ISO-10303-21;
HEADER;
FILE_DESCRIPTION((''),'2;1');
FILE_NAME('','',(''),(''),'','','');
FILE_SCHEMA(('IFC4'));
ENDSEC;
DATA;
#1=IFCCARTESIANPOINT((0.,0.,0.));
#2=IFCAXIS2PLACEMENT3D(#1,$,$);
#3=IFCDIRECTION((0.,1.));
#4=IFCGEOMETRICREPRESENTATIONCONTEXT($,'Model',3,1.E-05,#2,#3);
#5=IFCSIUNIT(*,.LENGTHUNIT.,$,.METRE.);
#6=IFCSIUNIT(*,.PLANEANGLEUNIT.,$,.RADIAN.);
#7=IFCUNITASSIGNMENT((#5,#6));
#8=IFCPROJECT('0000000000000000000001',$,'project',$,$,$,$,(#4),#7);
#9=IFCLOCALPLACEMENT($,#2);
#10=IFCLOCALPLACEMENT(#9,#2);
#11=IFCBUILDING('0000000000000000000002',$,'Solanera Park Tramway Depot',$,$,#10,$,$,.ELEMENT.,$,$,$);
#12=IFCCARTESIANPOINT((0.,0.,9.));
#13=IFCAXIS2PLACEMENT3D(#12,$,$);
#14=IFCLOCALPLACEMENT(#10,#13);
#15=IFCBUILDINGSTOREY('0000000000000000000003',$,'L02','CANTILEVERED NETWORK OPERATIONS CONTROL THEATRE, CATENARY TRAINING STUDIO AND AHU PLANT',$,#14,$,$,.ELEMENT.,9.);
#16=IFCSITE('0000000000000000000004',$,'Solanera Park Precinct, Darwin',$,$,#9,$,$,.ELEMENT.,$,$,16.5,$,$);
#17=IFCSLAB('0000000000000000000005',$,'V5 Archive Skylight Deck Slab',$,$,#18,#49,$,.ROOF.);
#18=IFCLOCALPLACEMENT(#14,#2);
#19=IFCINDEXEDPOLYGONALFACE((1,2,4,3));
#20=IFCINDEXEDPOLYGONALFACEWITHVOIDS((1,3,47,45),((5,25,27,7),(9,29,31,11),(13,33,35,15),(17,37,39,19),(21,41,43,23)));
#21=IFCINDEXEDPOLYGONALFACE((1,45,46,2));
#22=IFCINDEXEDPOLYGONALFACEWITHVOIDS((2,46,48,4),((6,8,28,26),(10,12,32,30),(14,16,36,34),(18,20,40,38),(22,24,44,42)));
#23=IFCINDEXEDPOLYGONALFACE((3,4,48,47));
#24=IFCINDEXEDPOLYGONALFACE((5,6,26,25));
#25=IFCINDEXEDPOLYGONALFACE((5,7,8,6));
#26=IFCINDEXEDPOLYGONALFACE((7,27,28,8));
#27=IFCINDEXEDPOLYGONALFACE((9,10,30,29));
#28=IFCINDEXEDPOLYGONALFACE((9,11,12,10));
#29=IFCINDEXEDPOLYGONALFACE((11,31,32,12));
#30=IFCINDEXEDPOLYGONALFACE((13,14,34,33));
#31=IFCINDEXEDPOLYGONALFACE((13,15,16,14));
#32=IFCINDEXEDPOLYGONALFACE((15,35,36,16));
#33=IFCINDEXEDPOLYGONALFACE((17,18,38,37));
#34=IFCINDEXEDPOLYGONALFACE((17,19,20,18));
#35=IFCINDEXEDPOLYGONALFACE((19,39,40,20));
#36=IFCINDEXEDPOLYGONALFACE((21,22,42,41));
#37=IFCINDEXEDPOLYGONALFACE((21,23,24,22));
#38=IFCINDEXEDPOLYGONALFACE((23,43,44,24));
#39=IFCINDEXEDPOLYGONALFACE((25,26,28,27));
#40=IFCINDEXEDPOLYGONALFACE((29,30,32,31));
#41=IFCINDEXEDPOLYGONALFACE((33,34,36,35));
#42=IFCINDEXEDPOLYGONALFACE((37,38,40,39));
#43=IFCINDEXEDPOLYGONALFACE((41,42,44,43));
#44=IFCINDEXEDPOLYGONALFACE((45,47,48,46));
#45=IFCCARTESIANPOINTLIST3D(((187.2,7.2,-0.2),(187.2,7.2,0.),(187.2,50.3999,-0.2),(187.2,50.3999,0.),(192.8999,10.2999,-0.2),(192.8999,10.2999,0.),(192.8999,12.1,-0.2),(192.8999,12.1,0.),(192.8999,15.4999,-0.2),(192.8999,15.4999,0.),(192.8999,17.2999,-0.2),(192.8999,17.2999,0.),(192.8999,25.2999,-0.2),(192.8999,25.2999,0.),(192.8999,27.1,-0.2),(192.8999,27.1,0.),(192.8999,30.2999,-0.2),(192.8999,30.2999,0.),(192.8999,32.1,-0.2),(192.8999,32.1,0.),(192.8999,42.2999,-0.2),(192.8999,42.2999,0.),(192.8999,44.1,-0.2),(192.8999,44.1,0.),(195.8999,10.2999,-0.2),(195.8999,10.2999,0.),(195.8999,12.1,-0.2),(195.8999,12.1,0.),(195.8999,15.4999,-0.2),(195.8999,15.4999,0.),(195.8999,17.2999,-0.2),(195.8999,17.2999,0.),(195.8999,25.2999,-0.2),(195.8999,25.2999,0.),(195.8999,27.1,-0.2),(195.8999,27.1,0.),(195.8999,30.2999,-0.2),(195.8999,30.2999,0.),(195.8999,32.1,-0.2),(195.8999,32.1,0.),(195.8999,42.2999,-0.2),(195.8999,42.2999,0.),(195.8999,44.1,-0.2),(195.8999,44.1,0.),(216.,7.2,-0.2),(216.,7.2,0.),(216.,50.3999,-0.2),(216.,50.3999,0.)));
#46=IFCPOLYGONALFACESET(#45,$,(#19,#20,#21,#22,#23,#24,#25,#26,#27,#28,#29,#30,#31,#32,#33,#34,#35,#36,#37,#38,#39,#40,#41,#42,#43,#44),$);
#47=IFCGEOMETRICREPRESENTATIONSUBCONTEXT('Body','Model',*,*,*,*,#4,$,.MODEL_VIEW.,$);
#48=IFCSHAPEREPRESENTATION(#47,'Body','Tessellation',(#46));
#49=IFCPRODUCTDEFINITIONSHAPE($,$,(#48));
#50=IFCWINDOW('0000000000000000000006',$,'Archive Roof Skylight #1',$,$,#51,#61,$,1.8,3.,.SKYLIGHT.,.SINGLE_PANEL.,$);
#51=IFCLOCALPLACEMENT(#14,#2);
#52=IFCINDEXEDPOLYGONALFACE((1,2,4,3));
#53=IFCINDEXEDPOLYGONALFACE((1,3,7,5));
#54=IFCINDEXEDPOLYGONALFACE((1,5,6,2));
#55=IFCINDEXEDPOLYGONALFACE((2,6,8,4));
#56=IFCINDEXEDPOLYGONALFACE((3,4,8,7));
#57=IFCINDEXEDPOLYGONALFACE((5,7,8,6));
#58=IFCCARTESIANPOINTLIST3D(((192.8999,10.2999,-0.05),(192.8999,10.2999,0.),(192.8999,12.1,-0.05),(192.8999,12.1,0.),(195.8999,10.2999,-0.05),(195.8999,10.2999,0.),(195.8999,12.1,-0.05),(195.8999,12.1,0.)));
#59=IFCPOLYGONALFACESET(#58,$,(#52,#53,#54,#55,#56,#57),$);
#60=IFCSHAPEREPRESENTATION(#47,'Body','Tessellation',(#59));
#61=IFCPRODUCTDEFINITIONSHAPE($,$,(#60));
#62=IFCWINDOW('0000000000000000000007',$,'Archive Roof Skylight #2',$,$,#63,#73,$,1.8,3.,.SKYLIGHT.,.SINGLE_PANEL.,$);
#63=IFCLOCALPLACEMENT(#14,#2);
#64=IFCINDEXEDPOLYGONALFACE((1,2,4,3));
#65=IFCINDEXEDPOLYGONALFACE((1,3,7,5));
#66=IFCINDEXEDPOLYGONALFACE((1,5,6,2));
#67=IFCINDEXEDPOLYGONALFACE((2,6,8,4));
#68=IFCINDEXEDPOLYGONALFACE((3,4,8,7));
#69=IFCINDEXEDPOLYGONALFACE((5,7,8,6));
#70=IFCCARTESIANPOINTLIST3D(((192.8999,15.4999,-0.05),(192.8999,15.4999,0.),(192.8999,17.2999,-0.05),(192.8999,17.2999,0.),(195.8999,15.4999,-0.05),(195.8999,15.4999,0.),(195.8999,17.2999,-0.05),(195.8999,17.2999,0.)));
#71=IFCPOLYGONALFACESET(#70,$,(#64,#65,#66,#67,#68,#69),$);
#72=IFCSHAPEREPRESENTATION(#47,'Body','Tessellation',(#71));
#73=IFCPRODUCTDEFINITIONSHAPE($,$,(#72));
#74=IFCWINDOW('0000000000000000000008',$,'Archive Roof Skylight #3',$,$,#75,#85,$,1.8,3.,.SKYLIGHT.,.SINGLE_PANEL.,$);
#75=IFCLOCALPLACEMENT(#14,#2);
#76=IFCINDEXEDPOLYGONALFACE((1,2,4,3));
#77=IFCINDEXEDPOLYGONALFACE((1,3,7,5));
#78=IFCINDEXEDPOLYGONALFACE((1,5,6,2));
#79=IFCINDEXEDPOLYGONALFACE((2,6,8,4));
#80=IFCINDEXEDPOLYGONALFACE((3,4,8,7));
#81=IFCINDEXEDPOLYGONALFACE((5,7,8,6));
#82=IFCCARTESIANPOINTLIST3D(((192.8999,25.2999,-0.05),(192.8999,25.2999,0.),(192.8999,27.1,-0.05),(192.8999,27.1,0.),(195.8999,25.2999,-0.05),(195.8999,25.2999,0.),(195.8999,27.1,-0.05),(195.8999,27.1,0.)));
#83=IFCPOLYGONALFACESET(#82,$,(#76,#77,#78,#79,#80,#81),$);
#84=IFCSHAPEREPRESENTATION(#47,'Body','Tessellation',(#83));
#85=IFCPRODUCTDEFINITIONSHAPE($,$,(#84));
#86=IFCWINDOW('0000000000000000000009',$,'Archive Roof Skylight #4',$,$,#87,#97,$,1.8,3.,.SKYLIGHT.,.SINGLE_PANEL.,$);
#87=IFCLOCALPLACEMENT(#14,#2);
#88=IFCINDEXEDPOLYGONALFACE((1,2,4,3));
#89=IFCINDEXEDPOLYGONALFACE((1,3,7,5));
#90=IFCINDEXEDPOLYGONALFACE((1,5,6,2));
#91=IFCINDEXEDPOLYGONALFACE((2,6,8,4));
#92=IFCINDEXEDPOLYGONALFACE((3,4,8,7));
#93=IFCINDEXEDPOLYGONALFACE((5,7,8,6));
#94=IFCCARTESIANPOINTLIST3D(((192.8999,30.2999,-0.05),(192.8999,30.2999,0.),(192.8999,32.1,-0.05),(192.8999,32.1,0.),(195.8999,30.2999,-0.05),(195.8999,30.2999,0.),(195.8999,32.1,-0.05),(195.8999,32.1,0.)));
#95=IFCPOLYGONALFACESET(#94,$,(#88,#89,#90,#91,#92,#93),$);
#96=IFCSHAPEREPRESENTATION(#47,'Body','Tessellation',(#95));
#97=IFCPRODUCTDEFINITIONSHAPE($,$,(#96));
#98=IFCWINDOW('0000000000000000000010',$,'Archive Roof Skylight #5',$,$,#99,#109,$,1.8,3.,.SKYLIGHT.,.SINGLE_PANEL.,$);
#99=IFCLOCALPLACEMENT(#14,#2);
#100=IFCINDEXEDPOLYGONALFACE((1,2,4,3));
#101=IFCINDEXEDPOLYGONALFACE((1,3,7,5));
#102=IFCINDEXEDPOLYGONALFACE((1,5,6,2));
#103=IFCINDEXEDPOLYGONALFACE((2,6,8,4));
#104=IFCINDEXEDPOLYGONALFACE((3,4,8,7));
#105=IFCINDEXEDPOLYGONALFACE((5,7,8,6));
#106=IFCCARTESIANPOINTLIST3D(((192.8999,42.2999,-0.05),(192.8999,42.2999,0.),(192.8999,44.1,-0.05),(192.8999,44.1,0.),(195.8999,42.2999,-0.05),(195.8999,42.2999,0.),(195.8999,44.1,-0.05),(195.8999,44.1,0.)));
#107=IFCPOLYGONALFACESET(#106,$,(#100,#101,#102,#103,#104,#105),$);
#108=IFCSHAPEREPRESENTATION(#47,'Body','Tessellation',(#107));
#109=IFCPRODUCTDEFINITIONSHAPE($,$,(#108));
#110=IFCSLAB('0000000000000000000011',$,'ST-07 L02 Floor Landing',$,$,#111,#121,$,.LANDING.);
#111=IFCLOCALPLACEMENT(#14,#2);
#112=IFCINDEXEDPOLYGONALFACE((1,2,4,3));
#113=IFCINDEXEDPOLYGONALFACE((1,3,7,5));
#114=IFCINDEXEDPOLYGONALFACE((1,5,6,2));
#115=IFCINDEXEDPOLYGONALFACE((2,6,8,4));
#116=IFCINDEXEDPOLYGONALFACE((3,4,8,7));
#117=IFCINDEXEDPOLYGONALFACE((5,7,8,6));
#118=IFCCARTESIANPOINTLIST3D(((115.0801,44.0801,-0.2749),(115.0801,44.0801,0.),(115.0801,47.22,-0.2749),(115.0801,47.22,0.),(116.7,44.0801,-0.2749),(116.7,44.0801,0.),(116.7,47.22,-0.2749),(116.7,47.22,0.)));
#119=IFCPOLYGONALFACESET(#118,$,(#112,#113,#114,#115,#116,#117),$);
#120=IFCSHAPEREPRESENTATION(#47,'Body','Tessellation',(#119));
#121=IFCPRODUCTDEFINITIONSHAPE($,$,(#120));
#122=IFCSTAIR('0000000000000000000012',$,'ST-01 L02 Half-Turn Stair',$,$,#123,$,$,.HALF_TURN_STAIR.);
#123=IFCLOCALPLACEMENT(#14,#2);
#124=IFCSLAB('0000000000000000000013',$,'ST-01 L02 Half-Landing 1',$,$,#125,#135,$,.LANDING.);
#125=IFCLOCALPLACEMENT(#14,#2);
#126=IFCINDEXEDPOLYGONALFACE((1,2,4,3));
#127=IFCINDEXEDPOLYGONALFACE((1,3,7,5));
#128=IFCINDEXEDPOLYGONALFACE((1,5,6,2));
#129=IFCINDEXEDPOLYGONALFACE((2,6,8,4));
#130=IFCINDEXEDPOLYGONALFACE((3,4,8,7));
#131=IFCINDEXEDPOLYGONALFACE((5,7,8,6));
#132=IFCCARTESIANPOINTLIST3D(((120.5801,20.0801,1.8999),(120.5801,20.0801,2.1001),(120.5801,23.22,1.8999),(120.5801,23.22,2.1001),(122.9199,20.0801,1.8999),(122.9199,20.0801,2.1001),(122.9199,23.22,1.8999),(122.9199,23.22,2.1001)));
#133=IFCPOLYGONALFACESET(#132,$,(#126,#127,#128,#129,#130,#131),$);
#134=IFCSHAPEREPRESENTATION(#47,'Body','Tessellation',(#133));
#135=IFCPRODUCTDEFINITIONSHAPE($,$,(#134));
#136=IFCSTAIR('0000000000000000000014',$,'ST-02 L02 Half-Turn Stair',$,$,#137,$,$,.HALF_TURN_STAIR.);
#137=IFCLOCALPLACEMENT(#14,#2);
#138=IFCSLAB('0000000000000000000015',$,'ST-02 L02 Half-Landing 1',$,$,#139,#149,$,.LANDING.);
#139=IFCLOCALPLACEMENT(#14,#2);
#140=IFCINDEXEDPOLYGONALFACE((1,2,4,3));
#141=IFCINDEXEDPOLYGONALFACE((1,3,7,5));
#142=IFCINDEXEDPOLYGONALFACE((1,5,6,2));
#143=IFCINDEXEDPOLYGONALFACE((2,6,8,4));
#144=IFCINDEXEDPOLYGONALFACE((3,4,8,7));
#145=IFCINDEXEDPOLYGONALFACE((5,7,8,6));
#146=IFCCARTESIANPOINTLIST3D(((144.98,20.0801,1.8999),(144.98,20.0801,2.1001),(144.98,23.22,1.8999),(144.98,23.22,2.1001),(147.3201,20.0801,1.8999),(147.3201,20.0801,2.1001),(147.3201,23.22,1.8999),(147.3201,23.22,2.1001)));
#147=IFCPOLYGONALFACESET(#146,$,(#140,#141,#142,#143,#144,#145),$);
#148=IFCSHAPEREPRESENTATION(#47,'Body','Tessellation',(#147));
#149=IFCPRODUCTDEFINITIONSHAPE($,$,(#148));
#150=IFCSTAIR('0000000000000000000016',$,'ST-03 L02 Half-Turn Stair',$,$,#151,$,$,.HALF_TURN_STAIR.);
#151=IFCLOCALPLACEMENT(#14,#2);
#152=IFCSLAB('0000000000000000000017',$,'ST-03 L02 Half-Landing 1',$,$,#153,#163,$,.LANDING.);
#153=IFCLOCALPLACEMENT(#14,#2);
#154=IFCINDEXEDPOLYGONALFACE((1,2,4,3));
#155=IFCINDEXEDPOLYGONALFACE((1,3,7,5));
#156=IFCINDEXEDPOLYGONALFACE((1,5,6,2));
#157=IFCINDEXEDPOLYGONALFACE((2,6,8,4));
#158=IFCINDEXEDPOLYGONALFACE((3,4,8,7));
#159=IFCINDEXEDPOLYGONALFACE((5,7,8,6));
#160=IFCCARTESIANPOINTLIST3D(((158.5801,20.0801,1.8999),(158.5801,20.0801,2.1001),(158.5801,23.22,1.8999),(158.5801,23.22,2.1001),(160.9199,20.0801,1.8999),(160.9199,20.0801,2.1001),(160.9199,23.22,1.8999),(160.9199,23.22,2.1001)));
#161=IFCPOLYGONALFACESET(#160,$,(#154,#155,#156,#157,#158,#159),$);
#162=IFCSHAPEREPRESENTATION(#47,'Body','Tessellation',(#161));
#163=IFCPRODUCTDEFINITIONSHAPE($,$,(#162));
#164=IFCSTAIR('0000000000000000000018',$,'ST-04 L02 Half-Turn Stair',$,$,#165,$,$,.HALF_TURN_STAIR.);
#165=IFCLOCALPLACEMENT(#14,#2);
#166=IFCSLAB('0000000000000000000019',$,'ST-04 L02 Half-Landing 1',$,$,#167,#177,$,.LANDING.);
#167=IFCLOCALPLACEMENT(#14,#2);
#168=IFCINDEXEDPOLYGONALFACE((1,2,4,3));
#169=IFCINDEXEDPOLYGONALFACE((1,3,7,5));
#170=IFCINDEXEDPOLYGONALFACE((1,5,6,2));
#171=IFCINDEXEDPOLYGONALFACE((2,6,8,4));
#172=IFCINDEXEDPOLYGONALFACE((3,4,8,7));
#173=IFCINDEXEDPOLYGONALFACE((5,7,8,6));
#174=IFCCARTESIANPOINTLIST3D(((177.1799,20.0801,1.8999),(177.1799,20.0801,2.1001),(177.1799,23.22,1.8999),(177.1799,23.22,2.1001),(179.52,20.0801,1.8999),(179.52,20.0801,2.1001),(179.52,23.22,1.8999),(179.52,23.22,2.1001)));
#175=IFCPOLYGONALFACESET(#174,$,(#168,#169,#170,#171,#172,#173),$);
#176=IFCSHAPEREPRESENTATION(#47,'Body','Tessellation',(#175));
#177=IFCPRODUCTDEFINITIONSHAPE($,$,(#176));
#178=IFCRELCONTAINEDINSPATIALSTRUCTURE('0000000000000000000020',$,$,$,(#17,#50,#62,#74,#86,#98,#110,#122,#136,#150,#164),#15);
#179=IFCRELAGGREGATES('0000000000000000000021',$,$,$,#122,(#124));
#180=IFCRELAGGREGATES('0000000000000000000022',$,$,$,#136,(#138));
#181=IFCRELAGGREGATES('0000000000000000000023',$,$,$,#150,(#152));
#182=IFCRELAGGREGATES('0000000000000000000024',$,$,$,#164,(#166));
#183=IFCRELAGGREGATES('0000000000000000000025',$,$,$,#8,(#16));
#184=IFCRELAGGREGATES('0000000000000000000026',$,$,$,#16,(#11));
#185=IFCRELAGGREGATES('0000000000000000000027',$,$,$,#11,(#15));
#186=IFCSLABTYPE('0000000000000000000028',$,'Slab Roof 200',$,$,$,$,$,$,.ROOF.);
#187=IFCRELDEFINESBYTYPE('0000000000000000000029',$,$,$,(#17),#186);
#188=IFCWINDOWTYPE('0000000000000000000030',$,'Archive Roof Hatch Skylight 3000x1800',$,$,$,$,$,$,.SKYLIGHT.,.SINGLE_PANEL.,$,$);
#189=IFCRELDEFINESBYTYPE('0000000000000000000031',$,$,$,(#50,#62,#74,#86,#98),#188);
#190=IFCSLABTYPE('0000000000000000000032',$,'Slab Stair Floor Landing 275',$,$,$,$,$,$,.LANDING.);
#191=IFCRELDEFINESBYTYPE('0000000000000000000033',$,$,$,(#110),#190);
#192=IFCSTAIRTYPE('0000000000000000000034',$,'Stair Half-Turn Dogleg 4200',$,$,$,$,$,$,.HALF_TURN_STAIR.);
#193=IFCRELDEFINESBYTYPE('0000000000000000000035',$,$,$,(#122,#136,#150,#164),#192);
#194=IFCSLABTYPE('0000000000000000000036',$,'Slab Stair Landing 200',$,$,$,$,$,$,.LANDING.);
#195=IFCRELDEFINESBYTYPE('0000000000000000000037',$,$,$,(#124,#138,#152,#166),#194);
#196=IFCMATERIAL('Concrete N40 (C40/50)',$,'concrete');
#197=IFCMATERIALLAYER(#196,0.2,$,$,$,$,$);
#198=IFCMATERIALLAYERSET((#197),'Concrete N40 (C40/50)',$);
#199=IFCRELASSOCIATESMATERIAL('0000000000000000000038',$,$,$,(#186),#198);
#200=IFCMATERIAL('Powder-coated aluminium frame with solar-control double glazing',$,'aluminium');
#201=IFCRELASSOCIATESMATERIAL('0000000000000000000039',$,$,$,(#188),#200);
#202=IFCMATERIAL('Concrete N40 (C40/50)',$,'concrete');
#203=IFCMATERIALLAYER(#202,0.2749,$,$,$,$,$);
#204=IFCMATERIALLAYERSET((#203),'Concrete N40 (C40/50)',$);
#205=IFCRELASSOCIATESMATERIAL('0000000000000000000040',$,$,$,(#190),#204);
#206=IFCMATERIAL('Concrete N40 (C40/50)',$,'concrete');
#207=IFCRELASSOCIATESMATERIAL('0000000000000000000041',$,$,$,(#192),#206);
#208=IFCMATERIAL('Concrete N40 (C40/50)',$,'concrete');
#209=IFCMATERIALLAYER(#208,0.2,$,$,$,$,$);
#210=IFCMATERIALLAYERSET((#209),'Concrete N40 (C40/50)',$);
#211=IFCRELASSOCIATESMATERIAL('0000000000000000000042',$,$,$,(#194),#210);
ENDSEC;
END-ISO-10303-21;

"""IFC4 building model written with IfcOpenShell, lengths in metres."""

from ifc_helpers import new_model, si_unit, direction, frame, origin, origin_2d, place, context, subcontext, project, spatial, polyline, rectangle, outline, extrude, material, layer, layer_set, type_object, element, fill, aggregate, save


model = new_model("IFC4")

# Units and contexts
model_context = context("Model", 3, precision=1e-05, world=origin(), true_north=direction((0.0, 1.0)))
body_context = subcontext(model_context, "Body", "Model", "MODEL_VIEW")
ifc_project = project(units=[si_unit("LENGTHUNIT", "METRE"), si_unit("PLANEANGLEUNIT", "RADIAN")], contexts=[model_context])

# Site, building, storey
site_placement = place(None, origin())
site = spatial("IfcSite", under=ifc_project, at=site_placement, Name="Solanera Park Precinct, Darwin", CompositionType="ELEMENT", RefElevation=16.5)
building_placement = place(site_placement, origin())
building = spatial("IfcBuilding", under=site, at=building_placement, Name="Solanera Park Tramway Depot", CompositionType="ELEMENT")
storey_placement = place(building_placement, frame((0.0, 0.0, 9.0)))
storey = spatial("IfcBuildingStorey", under=building, at=storey_placement, Name="L02", Description="CANTILEVERED NETWORK OPERATIONS CONTROL THEATRE, CATENARY TRAINING STUDIO AND AHU PLANT", CompositionType="ELEMENT", Elevation=9.0)

# Slab, openings, windows
ifc_material_1 = material(Name="Concrete N40 (C40/50)", Category="concrete")
ifc_layer_1 = layer(ifc_material_1, 0.2)
ifc_layer_set_1 = layer_set([ifc_layer_1], Name="Concrete N40 (C40/50)")
slab_type_1 = type_object("IfcSlabType", Name="Slab Roof 200", PredefinedType="ROOF", material=ifc_layer_set_1)
slab_1_placement = place(storey_placement, frame((0.0, 0.0, -0.2)))
slab_1 = element("IfcSlab", 1, at=slab_1_placement, inside=storey, type_object=slab_type_1, Name="V5 Archive Skylight Deck Slab", PredefinedType="ROOF", context=body_context, shape_type="SweptSolid", body=[
    extrude(outline(polyline([(187.2, 7.2), (216.0, 7.2), (216.0, 50.3999), (187.2, 50.3999), (187.2, 7.2)])), origin(), (0.0, 0.0, 1.0), 0.2),
])
opening_1_placement = place(slab_1_placement, frame((194.3999, 11.2, -0.01)))
opening_1 = element("IfcOpeningElement", 2, at=opening_1_placement, cuts=slab_1, PredefinedType="OPENING", context=body_context, shape_type="SweptSolid", body=[
    extrude(rectangle(XDim=3.0, YDim=1.8, at=origin_2d()), origin(), (0.0, 0.0, 1.0), 0.22),
])
opening_2_placement = place(slab_1_placement, frame((194.3999, 16.3999, -0.01)))
opening_2 = element("IfcOpeningElement", 3, at=opening_2_placement, cuts=slab_1, PredefinedType="OPENING", context=body_context, shape_type="SweptSolid", body=[
    extrude(rectangle(XDim=3.0, YDim=1.8, at=origin_2d()), origin(), (0.0, 0.0, 1.0), 0.22),
])
opening_3_placement = place(slab_1_placement, frame((194.3999, 26.2, -0.01)))
opening_3 = element("IfcOpeningElement", 4, at=opening_3_placement, cuts=slab_1, PredefinedType="OPENING", context=body_context, shape_type="SweptSolid", body=[
    extrude(rectangle(XDim=3.0, YDim=1.8, at=origin_2d()), origin(), (0.0, 0.0, 1.0), 0.22),
])
opening_4_placement = place(slab_1_placement, frame((194.3999, 31.2, -0.01)))
opening_4 = element("IfcOpeningElement", 5, at=opening_4_placement, cuts=slab_1, PredefinedType="OPENING", context=body_context, shape_type="SweptSolid", body=[
    extrude(rectangle(XDim=3.0, YDim=1.8, at=origin_2d()), origin(), (0.0, 0.0, 1.0), 0.22),
])
opening_5_placement = place(slab_1_placement, frame((194.3999, 43.2, -0.01)))
opening_5 = element("IfcOpeningElement", 6, at=opening_5_placement, cuts=slab_1, PredefinedType="OPENING", context=body_context, shape_type="SweptSolid", body=[
    extrude(rectangle(XDim=3.0, YDim=1.8, at=origin_2d()), origin(), (0.0, 0.0, 1.0), 0.22),
])
ifc_material_2 = material(Name="Powder-coated aluminium frame with solar-control double glazing", Category="aluminium")
window_type = type_object("IfcWindowType", Name="Archive Roof Hatch Skylight 3000x1800", PartitioningType="SINGLE_PANEL", PredefinedType="SKYLIGHT", material=ifc_material_2)
window_1_placement = place(slab_1_placement, frame((194.3999, 11.2, 0.1499)))
window_1 = element("IfcWindow", 7, at=window_1_placement, inside=storey, type_object=window_type, Name="Archive Roof Skylight #1", OverallHeight=1.8, OverallWidth=3.0, PartitioningType="SINGLE_PANEL", PredefinedType="SKYLIGHT", context=body_context, shape_type="SweptSolid", body=[
    extrude(rectangle(XDim=3.0, YDim=1.8, at=origin_2d()), origin(), (0.0, 0.0, 1.0), 0.05),
])
fill(opening_1, window_1)
window_2_placement = place(slab_1_placement, frame((194.3999, 16.3999, 0.1499)))
window_2 = element("IfcWindow", 8, at=window_2_placement, inside=storey, type_object=window_type, Name="Archive Roof Skylight #2", OverallHeight=1.8, OverallWidth=3.0, PartitioningType="SINGLE_PANEL", PredefinedType="SKYLIGHT", context=body_context, shape_type="SweptSolid", body=[
    extrude(rectangle(XDim=3.0, YDim=1.8, at=origin_2d()), origin(), (0.0, 0.0, 1.0), 0.05),
])
fill(opening_2, window_2)
window_3_placement = place(slab_1_placement, frame((194.3999, 26.2, 0.1499)))
window_3 = element("IfcWindow", 9, at=window_3_placement, inside=storey, type_object=window_type, Name="Archive Roof Skylight #3", OverallHeight=1.8, OverallWidth=3.0, PartitioningType="SINGLE_PANEL", PredefinedType="SKYLIGHT", context=body_context, shape_type="SweptSolid", body=[
    extrude(rectangle(XDim=3.0, YDim=1.8, at=origin_2d()), origin(), (0.0, 0.0, 1.0), 0.05),
])
fill(opening_3, window_3)
window_4_placement = place(slab_1_placement, frame((194.3999, 31.2, 0.1499)))
window_4 = element("IfcWindow", 10, at=window_4_placement, inside=storey, type_object=window_type, Name="Archive Roof Skylight #4", OverallHeight=1.8, OverallWidth=3.0, PartitioningType="SINGLE_PANEL", PredefinedType="SKYLIGHT", context=body_context, shape_type="SweptSolid", body=[
    extrude(rectangle(XDim=3.0, YDim=1.8, at=origin_2d()), origin(), (0.0, 0.0, 1.0), 0.05),
])
fill(opening_4, window_4)
window_5_placement = place(slab_1_placement, frame((194.3999, 43.2, 0.1499)))
window_5 = element("IfcWindow", 11, at=window_5_placement, inside=storey, type_object=window_type, Name="Archive Roof Skylight #5", OverallHeight=1.8, OverallWidth=3.0, PartitioningType="SINGLE_PANEL", PredefinedType="SKYLIGHT", context=body_context, shape_type="SweptSolid", body=[
    extrude(rectangle(XDim=3.0, YDim=1.8, at=origin_2d()), origin(), (0.0, 0.0, 1.0), 0.05),
])
fill(opening_5, window_5)

# Slab
ifc_material_3 = material(Name="Concrete N40 (C40/50)", Category="concrete")
ifc_layer_2 = layer(ifc_material_3, 0.2749)
ifc_layer_set_2 = layer_set([ifc_layer_2], Name="Concrete N40 (C40/50)")
slab_type_2 = type_object("IfcSlabType", Name="Slab Stair Floor Landing 275", PredefinedType="LANDING", material=ifc_layer_set_2)
slab_2_placement = place(storey_placement, frame((0.0, 0.0, -0.2749)))
element("IfcSlab", 12, at=slab_2_placement, inside=storey, type_object=slab_type_2, Name="ST-07 L02 Floor Landing", PredefinedType="LANDING", context=body_context, shape_type="SweptSolid", body=[
    extrude(outline(polyline([(115.0801, 44.0801), (116.7, 44.0801), (116.7, 47.22), (115.0801, 47.22), (115.0801, 44.0801)])), origin(), (0.0, 0.0, 1.0), 0.2749),
])

# Stairs, slabs
ifc_material_4 = material(Name="Concrete N40 (C40/50)", Category="concrete")
stair_type = type_object("IfcStairType", Name="Stair Half-Turn Dogleg 4200", PredefinedType="HALF_TURN_STAIR", material=ifc_material_4)
stair_1_placement = place(storey_placement, origin())
stair_1 = element("IfcStair", 13, at=stair_1_placement, inside=storey, type_object=stair_type, Name="ST-01 L02 Half-Turn Stair", PredefinedType="HALF_TURN_STAIR")
ifc_material_5 = material(Name="Concrete N40 (C40/50)", Category="concrete")
ifc_layer_3 = layer(ifc_material_5, 0.2)
ifc_layer_set_3 = layer_set([ifc_layer_3], Name="Concrete N40 (C40/50)")
slab_type_3 = type_object("IfcSlabType", Name="Slab Stair Landing 200", PredefinedType="LANDING", material=ifc_layer_set_3)
slab_3_placement = place(storey_placement, frame((0.0, 0.0, 1.8999)))
slab_3 = element("IfcSlab", 14, at=slab_3_placement, type_object=slab_type_3, Name="ST-01 L02 Half-Landing 1", PredefinedType="LANDING", context=body_context, shape_type="SweptSolid", body=[
    extrude(outline(polyline([(120.5801, 20.0801), (122.9199, 20.0801), (122.9199, 23.22), (120.5801, 23.22), (120.5801, 20.0801)])), origin(), (0.0, 0.0, 1.0), 0.2002),
])
aggregate(stair_1, [slab_3])
stair_2_placement = place(storey_placement, origin())
stair_2 = element("IfcStair", 15, at=stair_2_placement, inside=storey, type_object=stair_type, Name="ST-02 L02 Half-Turn Stair", PredefinedType="HALF_TURN_STAIR")
slab_4_placement = place(storey_placement, frame((0.0, 0.0, 1.8999)))
slab_4 = element("IfcSlab", 16, at=slab_4_placement, type_object=slab_type_3, Name="ST-02 L02 Half-Landing 1", PredefinedType="LANDING", context=body_context, shape_type="SweptSolid", body=[
    extrude(outline(polyline([(144.98, 20.0801), (147.3201, 20.0801), (147.3201, 23.22), (144.98, 23.22), (144.98, 20.0801)])), origin(), (0.0, 0.0, 1.0), 0.2002),
])
aggregate(stair_2, [slab_4])
stair_3_placement = place(storey_placement, origin())
stair_3 = element("IfcStair", 17, at=stair_3_placement, inside=storey, type_object=stair_type, Name="ST-03 L02 Half-Turn Stair", PredefinedType="HALF_TURN_STAIR")
slab_5_placement = place(storey_placement, frame((0.0, 0.0, 1.8999)))
slab_5 = element("IfcSlab", 18, at=slab_5_placement, type_object=slab_type_3, Name="ST-03 L02 Half-Landing 1", PredefinedType="LANDING", context=body_context, shape_type="SweptSolid", body=[
    extrude(outline(polyline([(158.5801, 20.0801), (160.9199, 20.0801), (160.9199, 23.22), (158.5801, 23.22), (158.5801, 20.0801)])), origin(), (0.0, 0.0, 1.0), 0.2002),
])
aggregate(stair_3, [slab_5])
stair_4_placement = place(storey_placement, origin())
stair_4 = element("IfcStair", 19, at=stair_4_placement, inside=storey, type_object=stair_type, Name="ST-04 L02 Half-Turn Stair", PredefinedType="HALF_TURN_STAIR")
slab_6_placement = place(storey_placement, frame((0.0, 0.0, 1.8999)))
slab_6 = element("IfcSlab", 20, at=slab_6_placement, type_object=slab_type_3, Name="ST-04 L02 Half-Landing 1", PredefinedType="LANDING", context=body_context, shape_type="SweptSolid", body=[
    extrude(outline(polyline([(177.1799, 20.0801), (179.52, 20.0801), (179.52, 23.22), (177.1799, 23.22), (177.1799, 20.0801)])), origin(), (0.0, 0.0, 1.0), 0.2002),
])
aggregate(stair_4, [slab_6])

save(model, "model.ifc")
